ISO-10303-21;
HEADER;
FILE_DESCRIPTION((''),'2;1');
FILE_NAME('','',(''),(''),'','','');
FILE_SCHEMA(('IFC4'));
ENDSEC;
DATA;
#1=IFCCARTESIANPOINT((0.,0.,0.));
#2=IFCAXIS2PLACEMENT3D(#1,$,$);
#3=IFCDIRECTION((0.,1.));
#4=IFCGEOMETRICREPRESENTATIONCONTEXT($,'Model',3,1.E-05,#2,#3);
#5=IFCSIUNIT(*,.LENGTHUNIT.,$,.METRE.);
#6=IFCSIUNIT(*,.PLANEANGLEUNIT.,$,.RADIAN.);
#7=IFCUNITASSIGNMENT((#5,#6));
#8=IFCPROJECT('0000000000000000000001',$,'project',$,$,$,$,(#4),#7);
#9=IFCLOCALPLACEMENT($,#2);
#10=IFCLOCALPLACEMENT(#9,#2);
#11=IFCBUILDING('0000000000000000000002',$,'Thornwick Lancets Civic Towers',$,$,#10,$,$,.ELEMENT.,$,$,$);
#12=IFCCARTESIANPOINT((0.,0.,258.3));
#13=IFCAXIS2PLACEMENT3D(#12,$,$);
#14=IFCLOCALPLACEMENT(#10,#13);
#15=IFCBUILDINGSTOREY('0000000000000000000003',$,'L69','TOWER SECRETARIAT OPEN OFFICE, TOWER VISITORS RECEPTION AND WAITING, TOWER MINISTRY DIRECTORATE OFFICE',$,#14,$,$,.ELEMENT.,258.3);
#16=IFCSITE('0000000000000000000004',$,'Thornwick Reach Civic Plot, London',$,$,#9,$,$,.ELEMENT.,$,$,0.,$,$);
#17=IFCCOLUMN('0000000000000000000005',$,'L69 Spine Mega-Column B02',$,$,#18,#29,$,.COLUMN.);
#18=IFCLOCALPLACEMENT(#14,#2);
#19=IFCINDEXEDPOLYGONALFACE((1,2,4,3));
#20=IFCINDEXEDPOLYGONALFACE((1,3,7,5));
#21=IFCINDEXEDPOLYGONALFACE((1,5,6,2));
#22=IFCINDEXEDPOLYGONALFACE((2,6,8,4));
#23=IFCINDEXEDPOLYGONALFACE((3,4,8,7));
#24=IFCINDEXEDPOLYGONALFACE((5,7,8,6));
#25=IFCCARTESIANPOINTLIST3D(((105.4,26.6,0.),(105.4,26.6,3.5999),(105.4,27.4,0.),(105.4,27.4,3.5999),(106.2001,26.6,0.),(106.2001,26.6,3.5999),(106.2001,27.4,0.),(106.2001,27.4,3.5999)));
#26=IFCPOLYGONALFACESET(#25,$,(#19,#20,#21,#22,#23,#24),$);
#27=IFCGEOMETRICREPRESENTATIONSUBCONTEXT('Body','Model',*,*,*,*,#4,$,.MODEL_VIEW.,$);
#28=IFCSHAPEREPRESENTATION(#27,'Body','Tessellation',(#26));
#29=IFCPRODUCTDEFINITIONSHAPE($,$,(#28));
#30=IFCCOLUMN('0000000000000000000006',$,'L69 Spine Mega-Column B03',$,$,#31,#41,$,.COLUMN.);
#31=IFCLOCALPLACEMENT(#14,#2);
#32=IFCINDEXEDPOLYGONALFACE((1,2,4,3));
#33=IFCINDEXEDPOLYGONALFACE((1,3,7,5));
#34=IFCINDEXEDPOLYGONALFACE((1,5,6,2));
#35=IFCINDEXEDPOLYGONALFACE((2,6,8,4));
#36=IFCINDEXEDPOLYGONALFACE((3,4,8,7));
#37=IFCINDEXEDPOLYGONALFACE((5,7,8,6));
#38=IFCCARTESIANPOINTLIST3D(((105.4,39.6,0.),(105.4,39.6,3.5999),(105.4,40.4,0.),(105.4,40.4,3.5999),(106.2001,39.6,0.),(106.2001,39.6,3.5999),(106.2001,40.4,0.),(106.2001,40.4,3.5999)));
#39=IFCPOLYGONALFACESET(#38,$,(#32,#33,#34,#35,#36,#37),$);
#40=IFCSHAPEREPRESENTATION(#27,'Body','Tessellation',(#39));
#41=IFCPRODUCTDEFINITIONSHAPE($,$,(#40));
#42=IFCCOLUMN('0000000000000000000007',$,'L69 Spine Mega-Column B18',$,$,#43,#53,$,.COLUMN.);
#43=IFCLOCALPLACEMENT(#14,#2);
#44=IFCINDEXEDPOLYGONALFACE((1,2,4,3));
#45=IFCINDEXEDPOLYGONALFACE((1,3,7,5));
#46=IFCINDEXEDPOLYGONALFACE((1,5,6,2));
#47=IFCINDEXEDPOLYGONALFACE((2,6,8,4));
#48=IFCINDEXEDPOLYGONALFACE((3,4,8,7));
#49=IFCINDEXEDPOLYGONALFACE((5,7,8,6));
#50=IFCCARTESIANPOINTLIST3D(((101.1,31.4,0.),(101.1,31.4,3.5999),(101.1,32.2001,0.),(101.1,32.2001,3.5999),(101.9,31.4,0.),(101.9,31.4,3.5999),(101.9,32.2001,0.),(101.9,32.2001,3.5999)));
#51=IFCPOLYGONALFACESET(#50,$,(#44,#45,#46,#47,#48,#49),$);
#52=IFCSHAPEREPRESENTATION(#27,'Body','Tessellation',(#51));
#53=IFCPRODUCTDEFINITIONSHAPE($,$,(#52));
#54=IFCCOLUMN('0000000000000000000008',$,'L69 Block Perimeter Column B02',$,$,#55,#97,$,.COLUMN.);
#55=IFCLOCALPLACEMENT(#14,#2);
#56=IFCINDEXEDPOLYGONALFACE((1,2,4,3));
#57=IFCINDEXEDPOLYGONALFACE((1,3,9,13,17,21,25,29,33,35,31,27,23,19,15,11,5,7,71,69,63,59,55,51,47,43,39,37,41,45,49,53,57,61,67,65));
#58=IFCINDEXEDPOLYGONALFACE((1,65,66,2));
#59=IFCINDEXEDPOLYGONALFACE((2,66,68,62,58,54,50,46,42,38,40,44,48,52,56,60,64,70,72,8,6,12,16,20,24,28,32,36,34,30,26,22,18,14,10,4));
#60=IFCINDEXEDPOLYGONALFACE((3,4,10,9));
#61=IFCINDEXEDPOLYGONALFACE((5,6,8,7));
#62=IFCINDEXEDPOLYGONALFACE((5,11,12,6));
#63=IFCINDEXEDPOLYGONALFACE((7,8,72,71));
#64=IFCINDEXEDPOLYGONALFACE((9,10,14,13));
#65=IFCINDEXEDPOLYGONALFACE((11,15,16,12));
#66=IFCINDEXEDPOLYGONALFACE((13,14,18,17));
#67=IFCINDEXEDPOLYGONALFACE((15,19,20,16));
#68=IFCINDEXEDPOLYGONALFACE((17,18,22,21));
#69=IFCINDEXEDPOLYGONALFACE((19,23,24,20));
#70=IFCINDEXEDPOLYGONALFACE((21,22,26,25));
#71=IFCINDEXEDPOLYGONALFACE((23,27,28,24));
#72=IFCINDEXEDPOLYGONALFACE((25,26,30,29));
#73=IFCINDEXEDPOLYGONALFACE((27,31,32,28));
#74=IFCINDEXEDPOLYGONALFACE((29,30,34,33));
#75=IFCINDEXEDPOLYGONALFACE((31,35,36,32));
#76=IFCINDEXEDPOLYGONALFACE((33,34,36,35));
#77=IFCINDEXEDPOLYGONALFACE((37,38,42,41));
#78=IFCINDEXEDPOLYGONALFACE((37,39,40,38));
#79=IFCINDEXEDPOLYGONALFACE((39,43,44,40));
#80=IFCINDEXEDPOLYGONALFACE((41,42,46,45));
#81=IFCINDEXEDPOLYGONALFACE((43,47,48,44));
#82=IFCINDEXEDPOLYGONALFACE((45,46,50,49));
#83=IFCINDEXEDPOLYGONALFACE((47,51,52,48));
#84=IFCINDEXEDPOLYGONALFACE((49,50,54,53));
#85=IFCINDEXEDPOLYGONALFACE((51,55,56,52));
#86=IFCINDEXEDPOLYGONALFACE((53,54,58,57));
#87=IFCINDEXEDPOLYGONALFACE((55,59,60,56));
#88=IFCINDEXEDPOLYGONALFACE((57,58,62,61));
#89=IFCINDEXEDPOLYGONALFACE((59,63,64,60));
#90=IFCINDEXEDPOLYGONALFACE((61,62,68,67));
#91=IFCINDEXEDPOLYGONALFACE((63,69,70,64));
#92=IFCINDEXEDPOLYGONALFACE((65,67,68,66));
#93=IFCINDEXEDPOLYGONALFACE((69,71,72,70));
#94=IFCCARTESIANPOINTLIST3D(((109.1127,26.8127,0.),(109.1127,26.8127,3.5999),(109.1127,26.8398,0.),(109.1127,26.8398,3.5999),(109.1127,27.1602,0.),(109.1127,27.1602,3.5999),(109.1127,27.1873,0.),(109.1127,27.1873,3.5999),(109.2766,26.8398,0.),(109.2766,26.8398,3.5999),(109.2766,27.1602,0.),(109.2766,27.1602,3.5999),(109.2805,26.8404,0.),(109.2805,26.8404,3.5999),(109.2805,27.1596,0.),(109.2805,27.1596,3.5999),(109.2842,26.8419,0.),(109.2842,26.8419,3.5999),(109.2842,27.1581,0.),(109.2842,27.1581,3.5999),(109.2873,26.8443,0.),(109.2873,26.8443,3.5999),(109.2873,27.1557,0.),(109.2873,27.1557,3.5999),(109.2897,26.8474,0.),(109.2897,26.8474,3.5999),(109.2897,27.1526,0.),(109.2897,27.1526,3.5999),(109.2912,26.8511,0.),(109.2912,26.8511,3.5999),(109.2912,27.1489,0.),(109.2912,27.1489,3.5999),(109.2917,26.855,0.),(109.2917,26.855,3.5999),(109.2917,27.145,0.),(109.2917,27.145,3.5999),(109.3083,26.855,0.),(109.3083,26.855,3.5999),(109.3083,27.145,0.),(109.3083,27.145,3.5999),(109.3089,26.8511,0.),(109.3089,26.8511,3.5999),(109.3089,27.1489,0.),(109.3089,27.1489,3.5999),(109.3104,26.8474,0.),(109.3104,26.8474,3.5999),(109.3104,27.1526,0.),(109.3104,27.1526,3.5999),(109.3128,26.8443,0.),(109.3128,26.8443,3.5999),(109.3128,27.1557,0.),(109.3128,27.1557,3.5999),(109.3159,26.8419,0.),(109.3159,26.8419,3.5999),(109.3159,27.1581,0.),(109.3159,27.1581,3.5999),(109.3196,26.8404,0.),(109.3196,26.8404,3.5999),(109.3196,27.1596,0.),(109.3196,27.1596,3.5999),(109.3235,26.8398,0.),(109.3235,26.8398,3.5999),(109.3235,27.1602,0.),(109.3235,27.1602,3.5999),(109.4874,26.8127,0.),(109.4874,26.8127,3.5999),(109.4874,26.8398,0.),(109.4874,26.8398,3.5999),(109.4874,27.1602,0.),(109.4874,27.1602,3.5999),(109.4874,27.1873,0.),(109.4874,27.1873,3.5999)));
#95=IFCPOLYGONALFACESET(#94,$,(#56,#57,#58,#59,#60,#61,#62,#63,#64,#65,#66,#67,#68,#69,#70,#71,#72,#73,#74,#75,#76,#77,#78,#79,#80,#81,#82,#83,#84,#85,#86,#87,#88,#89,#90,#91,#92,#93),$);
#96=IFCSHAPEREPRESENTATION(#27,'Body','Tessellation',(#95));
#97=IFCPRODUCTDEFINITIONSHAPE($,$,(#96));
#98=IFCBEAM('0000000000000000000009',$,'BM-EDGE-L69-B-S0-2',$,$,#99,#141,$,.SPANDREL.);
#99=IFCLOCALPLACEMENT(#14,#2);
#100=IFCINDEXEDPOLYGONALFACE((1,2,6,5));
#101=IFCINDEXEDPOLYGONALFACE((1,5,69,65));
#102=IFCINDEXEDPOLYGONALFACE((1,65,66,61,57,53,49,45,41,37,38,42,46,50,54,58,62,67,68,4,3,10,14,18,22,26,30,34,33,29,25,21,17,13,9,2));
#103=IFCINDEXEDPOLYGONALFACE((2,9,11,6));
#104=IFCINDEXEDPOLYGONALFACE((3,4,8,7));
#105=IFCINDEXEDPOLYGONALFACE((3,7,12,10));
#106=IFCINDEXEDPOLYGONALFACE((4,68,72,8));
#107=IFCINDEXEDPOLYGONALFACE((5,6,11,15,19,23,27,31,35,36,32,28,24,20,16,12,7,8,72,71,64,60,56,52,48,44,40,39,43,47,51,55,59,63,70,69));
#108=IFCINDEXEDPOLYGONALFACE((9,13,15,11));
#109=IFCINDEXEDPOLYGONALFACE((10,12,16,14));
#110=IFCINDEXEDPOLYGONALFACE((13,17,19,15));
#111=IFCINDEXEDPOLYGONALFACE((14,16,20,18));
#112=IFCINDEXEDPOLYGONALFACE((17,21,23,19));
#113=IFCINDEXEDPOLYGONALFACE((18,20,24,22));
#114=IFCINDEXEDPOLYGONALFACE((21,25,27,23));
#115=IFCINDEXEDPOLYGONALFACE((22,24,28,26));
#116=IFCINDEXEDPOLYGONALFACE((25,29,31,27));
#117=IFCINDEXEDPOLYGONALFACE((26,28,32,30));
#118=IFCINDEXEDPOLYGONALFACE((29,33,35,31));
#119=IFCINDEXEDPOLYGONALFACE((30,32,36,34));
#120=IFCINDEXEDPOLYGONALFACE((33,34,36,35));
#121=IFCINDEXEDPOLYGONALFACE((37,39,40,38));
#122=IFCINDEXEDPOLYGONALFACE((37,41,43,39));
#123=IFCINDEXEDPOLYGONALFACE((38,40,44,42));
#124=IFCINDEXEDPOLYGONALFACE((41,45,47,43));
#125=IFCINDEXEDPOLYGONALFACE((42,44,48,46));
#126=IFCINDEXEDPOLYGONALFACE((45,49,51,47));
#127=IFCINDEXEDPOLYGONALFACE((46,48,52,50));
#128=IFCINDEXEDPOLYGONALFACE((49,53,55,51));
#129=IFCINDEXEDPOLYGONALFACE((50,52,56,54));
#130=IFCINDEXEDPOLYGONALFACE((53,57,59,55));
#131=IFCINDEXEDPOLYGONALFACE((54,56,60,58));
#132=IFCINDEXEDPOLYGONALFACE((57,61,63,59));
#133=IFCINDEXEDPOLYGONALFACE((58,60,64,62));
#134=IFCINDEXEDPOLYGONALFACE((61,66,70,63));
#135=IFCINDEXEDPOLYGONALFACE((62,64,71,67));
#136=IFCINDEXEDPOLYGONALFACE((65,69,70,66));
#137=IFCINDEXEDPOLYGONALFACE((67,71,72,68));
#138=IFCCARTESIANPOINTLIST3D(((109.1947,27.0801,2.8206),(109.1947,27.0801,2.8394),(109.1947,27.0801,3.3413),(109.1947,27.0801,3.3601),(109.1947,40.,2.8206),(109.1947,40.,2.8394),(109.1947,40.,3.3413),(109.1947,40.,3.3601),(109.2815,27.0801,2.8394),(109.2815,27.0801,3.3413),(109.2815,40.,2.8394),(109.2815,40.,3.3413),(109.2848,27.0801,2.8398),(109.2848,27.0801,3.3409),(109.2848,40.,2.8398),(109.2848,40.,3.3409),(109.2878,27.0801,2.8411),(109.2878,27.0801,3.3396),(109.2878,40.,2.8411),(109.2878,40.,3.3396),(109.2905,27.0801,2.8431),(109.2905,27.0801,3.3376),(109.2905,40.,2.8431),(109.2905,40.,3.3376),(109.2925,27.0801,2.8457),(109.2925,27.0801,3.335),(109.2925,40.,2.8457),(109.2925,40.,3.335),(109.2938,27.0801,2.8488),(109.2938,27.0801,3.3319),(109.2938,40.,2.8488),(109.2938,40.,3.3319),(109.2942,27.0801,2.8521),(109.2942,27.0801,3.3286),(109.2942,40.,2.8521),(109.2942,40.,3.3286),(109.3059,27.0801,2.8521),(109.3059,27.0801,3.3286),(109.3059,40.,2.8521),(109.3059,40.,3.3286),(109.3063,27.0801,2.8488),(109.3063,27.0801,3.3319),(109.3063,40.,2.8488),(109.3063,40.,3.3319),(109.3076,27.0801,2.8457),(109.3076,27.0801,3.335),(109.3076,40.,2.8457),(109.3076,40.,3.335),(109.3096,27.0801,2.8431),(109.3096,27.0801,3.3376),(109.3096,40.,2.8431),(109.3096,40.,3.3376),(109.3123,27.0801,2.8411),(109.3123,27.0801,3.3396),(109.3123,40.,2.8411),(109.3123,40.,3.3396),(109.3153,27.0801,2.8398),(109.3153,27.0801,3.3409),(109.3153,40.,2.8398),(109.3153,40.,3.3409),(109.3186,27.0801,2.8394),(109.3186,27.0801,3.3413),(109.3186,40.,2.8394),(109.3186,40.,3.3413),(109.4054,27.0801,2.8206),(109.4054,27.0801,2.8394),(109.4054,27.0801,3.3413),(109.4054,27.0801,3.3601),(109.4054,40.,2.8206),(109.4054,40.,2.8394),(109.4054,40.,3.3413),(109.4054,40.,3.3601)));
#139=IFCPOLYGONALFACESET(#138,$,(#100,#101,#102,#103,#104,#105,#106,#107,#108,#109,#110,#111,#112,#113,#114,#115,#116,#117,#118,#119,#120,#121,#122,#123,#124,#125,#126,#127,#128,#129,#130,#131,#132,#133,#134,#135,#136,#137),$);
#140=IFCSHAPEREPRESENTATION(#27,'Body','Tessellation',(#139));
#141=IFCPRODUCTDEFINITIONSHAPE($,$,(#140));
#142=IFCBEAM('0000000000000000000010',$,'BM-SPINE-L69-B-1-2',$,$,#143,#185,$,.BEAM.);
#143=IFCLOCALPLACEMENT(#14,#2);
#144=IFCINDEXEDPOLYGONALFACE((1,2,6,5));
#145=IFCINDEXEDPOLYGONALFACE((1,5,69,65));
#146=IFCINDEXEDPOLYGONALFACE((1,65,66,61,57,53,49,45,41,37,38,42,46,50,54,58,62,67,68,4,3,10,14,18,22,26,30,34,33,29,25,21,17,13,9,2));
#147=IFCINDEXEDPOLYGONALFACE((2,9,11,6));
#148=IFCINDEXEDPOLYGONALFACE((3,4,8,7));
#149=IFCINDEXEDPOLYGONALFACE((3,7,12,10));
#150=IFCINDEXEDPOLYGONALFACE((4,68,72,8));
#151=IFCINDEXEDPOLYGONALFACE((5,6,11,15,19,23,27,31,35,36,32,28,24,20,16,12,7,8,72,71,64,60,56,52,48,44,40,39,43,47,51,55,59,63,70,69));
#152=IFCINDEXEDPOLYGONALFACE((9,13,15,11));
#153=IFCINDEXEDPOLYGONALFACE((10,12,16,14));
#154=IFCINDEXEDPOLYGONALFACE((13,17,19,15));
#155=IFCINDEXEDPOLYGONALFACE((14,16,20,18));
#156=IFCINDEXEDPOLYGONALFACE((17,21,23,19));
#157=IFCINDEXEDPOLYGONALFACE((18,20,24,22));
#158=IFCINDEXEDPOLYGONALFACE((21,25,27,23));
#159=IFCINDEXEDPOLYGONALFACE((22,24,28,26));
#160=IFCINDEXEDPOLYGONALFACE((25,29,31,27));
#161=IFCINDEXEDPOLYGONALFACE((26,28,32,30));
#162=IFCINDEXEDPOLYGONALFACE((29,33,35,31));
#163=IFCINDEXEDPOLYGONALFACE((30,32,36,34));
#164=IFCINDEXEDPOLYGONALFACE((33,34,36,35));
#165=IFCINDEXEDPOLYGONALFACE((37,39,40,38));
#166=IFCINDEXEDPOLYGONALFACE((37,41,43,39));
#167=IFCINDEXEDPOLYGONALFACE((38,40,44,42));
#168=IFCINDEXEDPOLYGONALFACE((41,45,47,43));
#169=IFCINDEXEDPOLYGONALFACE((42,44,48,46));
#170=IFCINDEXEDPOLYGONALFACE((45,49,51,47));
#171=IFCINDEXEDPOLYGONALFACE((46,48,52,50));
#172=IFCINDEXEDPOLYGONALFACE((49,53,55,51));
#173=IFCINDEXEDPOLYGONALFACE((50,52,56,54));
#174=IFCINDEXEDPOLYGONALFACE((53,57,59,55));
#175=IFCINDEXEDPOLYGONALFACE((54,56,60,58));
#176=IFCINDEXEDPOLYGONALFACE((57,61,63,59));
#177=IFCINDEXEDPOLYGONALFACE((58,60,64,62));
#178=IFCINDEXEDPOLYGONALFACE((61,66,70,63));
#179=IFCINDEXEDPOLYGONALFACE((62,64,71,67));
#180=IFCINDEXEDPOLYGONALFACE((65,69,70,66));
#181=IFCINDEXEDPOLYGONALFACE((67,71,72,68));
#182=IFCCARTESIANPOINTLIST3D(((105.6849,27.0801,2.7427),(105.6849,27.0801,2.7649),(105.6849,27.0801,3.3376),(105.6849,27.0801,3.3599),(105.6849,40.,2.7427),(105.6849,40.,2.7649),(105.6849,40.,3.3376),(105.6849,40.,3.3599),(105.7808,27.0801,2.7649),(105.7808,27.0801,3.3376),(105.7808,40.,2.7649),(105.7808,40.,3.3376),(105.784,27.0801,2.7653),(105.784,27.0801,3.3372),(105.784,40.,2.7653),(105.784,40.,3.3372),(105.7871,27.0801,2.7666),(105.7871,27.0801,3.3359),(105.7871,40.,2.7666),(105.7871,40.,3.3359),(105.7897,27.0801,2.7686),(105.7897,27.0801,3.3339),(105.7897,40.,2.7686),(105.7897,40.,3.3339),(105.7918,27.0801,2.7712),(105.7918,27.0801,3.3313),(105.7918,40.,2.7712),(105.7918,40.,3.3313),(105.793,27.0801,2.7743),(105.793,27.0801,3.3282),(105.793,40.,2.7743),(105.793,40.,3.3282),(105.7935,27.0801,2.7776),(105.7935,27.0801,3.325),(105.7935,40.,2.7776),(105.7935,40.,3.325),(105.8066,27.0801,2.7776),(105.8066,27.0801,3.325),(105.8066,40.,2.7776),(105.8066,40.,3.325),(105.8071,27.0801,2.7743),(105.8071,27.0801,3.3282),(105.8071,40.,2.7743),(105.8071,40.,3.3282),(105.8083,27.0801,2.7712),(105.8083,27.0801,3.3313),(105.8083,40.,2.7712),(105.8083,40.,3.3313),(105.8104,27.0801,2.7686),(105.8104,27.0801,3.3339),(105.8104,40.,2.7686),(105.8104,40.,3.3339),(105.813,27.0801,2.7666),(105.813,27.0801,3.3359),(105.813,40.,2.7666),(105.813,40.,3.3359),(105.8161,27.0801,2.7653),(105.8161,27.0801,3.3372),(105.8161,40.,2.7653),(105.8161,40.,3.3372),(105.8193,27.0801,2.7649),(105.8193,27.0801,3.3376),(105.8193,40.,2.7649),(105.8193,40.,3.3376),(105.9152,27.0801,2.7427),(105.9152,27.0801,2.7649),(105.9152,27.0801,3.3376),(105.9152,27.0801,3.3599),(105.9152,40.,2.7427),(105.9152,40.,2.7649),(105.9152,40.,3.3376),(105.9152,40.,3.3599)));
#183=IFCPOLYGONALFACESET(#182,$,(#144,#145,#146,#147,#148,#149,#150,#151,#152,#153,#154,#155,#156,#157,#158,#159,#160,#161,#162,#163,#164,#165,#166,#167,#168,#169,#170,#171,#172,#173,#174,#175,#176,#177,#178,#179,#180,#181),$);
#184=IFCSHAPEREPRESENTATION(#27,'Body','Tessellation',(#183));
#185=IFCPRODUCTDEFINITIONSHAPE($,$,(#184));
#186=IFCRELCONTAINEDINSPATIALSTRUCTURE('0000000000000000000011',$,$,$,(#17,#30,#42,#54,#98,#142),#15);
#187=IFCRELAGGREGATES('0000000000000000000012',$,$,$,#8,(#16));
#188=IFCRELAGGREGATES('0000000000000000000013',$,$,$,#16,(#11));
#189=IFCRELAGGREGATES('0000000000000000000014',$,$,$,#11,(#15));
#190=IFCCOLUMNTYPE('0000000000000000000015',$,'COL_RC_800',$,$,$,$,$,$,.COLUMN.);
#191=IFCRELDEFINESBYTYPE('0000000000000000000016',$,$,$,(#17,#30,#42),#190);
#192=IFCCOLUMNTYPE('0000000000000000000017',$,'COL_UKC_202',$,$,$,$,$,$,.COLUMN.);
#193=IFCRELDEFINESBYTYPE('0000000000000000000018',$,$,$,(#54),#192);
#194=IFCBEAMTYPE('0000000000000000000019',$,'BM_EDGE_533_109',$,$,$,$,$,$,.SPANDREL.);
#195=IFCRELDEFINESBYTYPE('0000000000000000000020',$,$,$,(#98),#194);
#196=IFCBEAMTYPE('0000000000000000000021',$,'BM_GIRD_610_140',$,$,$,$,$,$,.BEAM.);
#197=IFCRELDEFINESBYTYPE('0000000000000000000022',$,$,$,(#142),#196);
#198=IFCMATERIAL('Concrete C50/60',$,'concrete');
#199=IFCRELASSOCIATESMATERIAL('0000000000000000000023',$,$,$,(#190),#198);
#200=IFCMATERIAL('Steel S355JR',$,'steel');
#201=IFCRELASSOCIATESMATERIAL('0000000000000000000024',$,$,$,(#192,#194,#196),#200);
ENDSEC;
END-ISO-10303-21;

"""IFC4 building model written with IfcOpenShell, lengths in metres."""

from ifc_helpers import new_model, si_unit, direction, frame, origin, origin_2d, place, context, subcontext, project, spatial, rectangle, i_section, extrude, material, material_profile, profile_set, type_object, element, save


model = new_model("IFC4")

# Units and contexts
model_context = context("Model", 3, precision=1e-05, world=origin(), true_north=direction((0.0, 1.0)))
body_context = subcontext(model_context, "Body", "Model", "MODEL_VIEW")
ifc_project = project(units=[si_unit("LENGTHUNIT", "METRE"), si_unit("PLANEANGLEUNIT", "RADIAN")], contexts=[model_context])

# Site, building, storey
site_placement = place(None, origin())
site = spatial("IfcSite", under=ifc_project, at=site_placement, Name="Thornwick Reach Civic Plot, London", CompositionType="ELEMENT", RefElevation=0.0)
building_placement = place(site_placement, origin())
building = spatial("IfcBuilding", under=site, at=building_placement, Name="Thornwick Lancets Civic Towers", CompositionType="ELEMENT")
storey_placement = place(building_placement, frame((0.0, 0.0, 258.3)))
storey = spatial("IfcBuildingStorey", under=building, at=storey_placement, Name="L69", Description="TOWER SECRETARIAT OPEN OFFICE, TOWER VISITORS RECEPTION AND WAITING, TOWER MINISTRY DIRECTORATE OFFICE", CompositionType="ELEMENT", Elevation=258.3)

# Columns
ifc_material_1 = material(Name="Concrete C50/60", Category="concrete")
ifc_material_profile_1 = material_profile(ifc_material_1, rectangle(XDim=0.8, YDim=0.8, at=origin_2d()), Name="RC 800x800")
ifc_profile_set_1 = profile_set([ifc_material_profile_1], Name="Concrete C50/60")
column_type_1 = type_object("IfcColumnType", Name="COL_RC_800", PredefinedType="COLUMN", material=ifc_profile_set_1)
for number, where, z_axis, x_axis, name in (
    (1, (105.8, 27.0, 0.0), (0.0, 0.0, 1.0), (1.0, 0.0, 0.0), "L69 Spine Mega-Column B02"),
    (2, (105.8, 40.0, 0.0), (0.0, 0.0, 1.0), (1.0, 0.0, 0.0), "L69 Spine Mega-Column B03"),
    (3, (101.5, 31.8, 0.0), (0.0, 0.0, 1.0), (1.0, 0.0, 0.0), "L69 Spine Mega-Column B18"),
):
    element("IfcColumn", number, at=place(storey_placement, frame(where, z_axis=z_axis, x_axis=x_axis)), inside=storey, type_object=column_type_1, Name=name, PredefinedType="COLUMN", context=body_context, shape_type="SweptSolid", body=[
        extrude(rectangle(XDim=0.8, YDim=0.8, at=origin_2d()), origin(), (0.0, 0.0, 1.0), 3.5999),
    ])
ifc_material_2 = material(Name="Steel S355JR", Category="steel")
ifc_material_profile_2 = material_profile(ifc_material_2, i_section(OverallWidth=0.3748, OverallDepth=0.3745, WebThickness=0.0166, FlangeThickness=0.0271, FilletRadius=0.0151, at=origin_2d()), Name="UKC 356x368x202")
ifc_profile_set_2 = profile_set([ifc_material_profile_2], Name="Steel S355JR")
column_type_2 = type_object("IfcColumnType", Name="COL_UKC_202", PredefinedType="COLUMN", material=ifc_profile_set_2)
column_placement = place(storey_placement, frame((109.3, 27.0, 0.0), z_axis=(0.0, 0.0, 1.0), x_axis=(1.0, 0.0, 0.0)))
element("IfcColumn", 4, at=column_placement, inside=storey, type_object=column_type_2, Name="L69 Block Perimeter Column B02", PredefinedType="COLUMN", context=body_context, shape_type="SweptSolid", body=[
    extrude(i_section(OverallWidth=0.3748, OverallDepth=0.3745, WebThickness=0.0166, FlangeThickness=0.0271, FilletRadius=0.0151, at=origin_2d()), origin(), (0.0, 0.0, 1.0), 3.5999),
])

# Beams
ifc_material_profile_3 = material_profile(ifc_material_2, i_section(OverallWidth=0.2107, OverallDepth=0.5396, WebThickness=0.0117, FlangeThickness=0.0188, FilletRadius=0.0127, at=origin_2d()), Name="UKB 533x210x109")
ifc_profile_set_3 = profile_set([ifc_material_profile_3], Name="Steel S355JR")
beam_type_1 = type_object("IfcBeamType", Name="BM_EDGE_533_109", PredefinedType="SPANDREL", material=ifc_profile_set_3)
beam_1_placement = place(storey_placement, frame((109.3, 27.0801, 3.0903), z_axis=(0.0, 1.0, 0.0), x_axis=(-1.0, 0.0, 0.0)))
element("IfcBeam", 5, at=beam_1_placement, inside=storey, type_object=beam_type_1, Name="BM-EDGE-L69-B-S0-2", PredefinedType="SPANDREL", context=body_context, shape_type="SweptSolid", body=[
    extrude(i_section(OverallWidth=0.2107, OverallDepth=0.5396, WebThickness=0.0117, FlangeThickness=0.0188, FilletRadius=0.0127, at=origin_2d()), origin(), (0.0, 0.0, 1.0), 12.9199),
])
ifc_material_profile_4 = material_profile(ifc_material_2, i_section(OverallWidth=0.2302, OverallDepth=0.6172, WebThickness=0.0132, FlangeThickness=0.0222, FilletRadius=0.0127, at=origin_2d()), Name="UKB 610x229x140")
ifc_profile_set_4 = profile_set([ifc_material_profile_4], Name="Steel S355JR")
beam_type_2 = type_object("IfcBeamType", Name="BM_GIRD_610_140", PredefinedType="BEAM", material=ifc_profile_set_4)
beam_2_placement = place(storey_placement, frame((105.8, 27.0801, 3.0513), z_axis=(0.0, 1.0, 0.0), x_axis=(-1.0, 0.0, 0.0)))
element("IfcBeam", 6, at=beam_2_placement, inside=storey, type_object=beam_type_2, Name="BM-SPINE-L69-B-1-2", PredefinedType="BEAM", context=body_context, shape_type="SweptSolid", body=[
    extrude(i_section(OverallWidth=0.2302, OverallDepth=0.6172, WebThickness=0.0132, FlangeThickness=0.0222, FilletRadius=0.0127, at=origin_2d()), origin(), (0.0, 0.0, 1.0), 12.9199),
])

save(model, "model.ifc")
